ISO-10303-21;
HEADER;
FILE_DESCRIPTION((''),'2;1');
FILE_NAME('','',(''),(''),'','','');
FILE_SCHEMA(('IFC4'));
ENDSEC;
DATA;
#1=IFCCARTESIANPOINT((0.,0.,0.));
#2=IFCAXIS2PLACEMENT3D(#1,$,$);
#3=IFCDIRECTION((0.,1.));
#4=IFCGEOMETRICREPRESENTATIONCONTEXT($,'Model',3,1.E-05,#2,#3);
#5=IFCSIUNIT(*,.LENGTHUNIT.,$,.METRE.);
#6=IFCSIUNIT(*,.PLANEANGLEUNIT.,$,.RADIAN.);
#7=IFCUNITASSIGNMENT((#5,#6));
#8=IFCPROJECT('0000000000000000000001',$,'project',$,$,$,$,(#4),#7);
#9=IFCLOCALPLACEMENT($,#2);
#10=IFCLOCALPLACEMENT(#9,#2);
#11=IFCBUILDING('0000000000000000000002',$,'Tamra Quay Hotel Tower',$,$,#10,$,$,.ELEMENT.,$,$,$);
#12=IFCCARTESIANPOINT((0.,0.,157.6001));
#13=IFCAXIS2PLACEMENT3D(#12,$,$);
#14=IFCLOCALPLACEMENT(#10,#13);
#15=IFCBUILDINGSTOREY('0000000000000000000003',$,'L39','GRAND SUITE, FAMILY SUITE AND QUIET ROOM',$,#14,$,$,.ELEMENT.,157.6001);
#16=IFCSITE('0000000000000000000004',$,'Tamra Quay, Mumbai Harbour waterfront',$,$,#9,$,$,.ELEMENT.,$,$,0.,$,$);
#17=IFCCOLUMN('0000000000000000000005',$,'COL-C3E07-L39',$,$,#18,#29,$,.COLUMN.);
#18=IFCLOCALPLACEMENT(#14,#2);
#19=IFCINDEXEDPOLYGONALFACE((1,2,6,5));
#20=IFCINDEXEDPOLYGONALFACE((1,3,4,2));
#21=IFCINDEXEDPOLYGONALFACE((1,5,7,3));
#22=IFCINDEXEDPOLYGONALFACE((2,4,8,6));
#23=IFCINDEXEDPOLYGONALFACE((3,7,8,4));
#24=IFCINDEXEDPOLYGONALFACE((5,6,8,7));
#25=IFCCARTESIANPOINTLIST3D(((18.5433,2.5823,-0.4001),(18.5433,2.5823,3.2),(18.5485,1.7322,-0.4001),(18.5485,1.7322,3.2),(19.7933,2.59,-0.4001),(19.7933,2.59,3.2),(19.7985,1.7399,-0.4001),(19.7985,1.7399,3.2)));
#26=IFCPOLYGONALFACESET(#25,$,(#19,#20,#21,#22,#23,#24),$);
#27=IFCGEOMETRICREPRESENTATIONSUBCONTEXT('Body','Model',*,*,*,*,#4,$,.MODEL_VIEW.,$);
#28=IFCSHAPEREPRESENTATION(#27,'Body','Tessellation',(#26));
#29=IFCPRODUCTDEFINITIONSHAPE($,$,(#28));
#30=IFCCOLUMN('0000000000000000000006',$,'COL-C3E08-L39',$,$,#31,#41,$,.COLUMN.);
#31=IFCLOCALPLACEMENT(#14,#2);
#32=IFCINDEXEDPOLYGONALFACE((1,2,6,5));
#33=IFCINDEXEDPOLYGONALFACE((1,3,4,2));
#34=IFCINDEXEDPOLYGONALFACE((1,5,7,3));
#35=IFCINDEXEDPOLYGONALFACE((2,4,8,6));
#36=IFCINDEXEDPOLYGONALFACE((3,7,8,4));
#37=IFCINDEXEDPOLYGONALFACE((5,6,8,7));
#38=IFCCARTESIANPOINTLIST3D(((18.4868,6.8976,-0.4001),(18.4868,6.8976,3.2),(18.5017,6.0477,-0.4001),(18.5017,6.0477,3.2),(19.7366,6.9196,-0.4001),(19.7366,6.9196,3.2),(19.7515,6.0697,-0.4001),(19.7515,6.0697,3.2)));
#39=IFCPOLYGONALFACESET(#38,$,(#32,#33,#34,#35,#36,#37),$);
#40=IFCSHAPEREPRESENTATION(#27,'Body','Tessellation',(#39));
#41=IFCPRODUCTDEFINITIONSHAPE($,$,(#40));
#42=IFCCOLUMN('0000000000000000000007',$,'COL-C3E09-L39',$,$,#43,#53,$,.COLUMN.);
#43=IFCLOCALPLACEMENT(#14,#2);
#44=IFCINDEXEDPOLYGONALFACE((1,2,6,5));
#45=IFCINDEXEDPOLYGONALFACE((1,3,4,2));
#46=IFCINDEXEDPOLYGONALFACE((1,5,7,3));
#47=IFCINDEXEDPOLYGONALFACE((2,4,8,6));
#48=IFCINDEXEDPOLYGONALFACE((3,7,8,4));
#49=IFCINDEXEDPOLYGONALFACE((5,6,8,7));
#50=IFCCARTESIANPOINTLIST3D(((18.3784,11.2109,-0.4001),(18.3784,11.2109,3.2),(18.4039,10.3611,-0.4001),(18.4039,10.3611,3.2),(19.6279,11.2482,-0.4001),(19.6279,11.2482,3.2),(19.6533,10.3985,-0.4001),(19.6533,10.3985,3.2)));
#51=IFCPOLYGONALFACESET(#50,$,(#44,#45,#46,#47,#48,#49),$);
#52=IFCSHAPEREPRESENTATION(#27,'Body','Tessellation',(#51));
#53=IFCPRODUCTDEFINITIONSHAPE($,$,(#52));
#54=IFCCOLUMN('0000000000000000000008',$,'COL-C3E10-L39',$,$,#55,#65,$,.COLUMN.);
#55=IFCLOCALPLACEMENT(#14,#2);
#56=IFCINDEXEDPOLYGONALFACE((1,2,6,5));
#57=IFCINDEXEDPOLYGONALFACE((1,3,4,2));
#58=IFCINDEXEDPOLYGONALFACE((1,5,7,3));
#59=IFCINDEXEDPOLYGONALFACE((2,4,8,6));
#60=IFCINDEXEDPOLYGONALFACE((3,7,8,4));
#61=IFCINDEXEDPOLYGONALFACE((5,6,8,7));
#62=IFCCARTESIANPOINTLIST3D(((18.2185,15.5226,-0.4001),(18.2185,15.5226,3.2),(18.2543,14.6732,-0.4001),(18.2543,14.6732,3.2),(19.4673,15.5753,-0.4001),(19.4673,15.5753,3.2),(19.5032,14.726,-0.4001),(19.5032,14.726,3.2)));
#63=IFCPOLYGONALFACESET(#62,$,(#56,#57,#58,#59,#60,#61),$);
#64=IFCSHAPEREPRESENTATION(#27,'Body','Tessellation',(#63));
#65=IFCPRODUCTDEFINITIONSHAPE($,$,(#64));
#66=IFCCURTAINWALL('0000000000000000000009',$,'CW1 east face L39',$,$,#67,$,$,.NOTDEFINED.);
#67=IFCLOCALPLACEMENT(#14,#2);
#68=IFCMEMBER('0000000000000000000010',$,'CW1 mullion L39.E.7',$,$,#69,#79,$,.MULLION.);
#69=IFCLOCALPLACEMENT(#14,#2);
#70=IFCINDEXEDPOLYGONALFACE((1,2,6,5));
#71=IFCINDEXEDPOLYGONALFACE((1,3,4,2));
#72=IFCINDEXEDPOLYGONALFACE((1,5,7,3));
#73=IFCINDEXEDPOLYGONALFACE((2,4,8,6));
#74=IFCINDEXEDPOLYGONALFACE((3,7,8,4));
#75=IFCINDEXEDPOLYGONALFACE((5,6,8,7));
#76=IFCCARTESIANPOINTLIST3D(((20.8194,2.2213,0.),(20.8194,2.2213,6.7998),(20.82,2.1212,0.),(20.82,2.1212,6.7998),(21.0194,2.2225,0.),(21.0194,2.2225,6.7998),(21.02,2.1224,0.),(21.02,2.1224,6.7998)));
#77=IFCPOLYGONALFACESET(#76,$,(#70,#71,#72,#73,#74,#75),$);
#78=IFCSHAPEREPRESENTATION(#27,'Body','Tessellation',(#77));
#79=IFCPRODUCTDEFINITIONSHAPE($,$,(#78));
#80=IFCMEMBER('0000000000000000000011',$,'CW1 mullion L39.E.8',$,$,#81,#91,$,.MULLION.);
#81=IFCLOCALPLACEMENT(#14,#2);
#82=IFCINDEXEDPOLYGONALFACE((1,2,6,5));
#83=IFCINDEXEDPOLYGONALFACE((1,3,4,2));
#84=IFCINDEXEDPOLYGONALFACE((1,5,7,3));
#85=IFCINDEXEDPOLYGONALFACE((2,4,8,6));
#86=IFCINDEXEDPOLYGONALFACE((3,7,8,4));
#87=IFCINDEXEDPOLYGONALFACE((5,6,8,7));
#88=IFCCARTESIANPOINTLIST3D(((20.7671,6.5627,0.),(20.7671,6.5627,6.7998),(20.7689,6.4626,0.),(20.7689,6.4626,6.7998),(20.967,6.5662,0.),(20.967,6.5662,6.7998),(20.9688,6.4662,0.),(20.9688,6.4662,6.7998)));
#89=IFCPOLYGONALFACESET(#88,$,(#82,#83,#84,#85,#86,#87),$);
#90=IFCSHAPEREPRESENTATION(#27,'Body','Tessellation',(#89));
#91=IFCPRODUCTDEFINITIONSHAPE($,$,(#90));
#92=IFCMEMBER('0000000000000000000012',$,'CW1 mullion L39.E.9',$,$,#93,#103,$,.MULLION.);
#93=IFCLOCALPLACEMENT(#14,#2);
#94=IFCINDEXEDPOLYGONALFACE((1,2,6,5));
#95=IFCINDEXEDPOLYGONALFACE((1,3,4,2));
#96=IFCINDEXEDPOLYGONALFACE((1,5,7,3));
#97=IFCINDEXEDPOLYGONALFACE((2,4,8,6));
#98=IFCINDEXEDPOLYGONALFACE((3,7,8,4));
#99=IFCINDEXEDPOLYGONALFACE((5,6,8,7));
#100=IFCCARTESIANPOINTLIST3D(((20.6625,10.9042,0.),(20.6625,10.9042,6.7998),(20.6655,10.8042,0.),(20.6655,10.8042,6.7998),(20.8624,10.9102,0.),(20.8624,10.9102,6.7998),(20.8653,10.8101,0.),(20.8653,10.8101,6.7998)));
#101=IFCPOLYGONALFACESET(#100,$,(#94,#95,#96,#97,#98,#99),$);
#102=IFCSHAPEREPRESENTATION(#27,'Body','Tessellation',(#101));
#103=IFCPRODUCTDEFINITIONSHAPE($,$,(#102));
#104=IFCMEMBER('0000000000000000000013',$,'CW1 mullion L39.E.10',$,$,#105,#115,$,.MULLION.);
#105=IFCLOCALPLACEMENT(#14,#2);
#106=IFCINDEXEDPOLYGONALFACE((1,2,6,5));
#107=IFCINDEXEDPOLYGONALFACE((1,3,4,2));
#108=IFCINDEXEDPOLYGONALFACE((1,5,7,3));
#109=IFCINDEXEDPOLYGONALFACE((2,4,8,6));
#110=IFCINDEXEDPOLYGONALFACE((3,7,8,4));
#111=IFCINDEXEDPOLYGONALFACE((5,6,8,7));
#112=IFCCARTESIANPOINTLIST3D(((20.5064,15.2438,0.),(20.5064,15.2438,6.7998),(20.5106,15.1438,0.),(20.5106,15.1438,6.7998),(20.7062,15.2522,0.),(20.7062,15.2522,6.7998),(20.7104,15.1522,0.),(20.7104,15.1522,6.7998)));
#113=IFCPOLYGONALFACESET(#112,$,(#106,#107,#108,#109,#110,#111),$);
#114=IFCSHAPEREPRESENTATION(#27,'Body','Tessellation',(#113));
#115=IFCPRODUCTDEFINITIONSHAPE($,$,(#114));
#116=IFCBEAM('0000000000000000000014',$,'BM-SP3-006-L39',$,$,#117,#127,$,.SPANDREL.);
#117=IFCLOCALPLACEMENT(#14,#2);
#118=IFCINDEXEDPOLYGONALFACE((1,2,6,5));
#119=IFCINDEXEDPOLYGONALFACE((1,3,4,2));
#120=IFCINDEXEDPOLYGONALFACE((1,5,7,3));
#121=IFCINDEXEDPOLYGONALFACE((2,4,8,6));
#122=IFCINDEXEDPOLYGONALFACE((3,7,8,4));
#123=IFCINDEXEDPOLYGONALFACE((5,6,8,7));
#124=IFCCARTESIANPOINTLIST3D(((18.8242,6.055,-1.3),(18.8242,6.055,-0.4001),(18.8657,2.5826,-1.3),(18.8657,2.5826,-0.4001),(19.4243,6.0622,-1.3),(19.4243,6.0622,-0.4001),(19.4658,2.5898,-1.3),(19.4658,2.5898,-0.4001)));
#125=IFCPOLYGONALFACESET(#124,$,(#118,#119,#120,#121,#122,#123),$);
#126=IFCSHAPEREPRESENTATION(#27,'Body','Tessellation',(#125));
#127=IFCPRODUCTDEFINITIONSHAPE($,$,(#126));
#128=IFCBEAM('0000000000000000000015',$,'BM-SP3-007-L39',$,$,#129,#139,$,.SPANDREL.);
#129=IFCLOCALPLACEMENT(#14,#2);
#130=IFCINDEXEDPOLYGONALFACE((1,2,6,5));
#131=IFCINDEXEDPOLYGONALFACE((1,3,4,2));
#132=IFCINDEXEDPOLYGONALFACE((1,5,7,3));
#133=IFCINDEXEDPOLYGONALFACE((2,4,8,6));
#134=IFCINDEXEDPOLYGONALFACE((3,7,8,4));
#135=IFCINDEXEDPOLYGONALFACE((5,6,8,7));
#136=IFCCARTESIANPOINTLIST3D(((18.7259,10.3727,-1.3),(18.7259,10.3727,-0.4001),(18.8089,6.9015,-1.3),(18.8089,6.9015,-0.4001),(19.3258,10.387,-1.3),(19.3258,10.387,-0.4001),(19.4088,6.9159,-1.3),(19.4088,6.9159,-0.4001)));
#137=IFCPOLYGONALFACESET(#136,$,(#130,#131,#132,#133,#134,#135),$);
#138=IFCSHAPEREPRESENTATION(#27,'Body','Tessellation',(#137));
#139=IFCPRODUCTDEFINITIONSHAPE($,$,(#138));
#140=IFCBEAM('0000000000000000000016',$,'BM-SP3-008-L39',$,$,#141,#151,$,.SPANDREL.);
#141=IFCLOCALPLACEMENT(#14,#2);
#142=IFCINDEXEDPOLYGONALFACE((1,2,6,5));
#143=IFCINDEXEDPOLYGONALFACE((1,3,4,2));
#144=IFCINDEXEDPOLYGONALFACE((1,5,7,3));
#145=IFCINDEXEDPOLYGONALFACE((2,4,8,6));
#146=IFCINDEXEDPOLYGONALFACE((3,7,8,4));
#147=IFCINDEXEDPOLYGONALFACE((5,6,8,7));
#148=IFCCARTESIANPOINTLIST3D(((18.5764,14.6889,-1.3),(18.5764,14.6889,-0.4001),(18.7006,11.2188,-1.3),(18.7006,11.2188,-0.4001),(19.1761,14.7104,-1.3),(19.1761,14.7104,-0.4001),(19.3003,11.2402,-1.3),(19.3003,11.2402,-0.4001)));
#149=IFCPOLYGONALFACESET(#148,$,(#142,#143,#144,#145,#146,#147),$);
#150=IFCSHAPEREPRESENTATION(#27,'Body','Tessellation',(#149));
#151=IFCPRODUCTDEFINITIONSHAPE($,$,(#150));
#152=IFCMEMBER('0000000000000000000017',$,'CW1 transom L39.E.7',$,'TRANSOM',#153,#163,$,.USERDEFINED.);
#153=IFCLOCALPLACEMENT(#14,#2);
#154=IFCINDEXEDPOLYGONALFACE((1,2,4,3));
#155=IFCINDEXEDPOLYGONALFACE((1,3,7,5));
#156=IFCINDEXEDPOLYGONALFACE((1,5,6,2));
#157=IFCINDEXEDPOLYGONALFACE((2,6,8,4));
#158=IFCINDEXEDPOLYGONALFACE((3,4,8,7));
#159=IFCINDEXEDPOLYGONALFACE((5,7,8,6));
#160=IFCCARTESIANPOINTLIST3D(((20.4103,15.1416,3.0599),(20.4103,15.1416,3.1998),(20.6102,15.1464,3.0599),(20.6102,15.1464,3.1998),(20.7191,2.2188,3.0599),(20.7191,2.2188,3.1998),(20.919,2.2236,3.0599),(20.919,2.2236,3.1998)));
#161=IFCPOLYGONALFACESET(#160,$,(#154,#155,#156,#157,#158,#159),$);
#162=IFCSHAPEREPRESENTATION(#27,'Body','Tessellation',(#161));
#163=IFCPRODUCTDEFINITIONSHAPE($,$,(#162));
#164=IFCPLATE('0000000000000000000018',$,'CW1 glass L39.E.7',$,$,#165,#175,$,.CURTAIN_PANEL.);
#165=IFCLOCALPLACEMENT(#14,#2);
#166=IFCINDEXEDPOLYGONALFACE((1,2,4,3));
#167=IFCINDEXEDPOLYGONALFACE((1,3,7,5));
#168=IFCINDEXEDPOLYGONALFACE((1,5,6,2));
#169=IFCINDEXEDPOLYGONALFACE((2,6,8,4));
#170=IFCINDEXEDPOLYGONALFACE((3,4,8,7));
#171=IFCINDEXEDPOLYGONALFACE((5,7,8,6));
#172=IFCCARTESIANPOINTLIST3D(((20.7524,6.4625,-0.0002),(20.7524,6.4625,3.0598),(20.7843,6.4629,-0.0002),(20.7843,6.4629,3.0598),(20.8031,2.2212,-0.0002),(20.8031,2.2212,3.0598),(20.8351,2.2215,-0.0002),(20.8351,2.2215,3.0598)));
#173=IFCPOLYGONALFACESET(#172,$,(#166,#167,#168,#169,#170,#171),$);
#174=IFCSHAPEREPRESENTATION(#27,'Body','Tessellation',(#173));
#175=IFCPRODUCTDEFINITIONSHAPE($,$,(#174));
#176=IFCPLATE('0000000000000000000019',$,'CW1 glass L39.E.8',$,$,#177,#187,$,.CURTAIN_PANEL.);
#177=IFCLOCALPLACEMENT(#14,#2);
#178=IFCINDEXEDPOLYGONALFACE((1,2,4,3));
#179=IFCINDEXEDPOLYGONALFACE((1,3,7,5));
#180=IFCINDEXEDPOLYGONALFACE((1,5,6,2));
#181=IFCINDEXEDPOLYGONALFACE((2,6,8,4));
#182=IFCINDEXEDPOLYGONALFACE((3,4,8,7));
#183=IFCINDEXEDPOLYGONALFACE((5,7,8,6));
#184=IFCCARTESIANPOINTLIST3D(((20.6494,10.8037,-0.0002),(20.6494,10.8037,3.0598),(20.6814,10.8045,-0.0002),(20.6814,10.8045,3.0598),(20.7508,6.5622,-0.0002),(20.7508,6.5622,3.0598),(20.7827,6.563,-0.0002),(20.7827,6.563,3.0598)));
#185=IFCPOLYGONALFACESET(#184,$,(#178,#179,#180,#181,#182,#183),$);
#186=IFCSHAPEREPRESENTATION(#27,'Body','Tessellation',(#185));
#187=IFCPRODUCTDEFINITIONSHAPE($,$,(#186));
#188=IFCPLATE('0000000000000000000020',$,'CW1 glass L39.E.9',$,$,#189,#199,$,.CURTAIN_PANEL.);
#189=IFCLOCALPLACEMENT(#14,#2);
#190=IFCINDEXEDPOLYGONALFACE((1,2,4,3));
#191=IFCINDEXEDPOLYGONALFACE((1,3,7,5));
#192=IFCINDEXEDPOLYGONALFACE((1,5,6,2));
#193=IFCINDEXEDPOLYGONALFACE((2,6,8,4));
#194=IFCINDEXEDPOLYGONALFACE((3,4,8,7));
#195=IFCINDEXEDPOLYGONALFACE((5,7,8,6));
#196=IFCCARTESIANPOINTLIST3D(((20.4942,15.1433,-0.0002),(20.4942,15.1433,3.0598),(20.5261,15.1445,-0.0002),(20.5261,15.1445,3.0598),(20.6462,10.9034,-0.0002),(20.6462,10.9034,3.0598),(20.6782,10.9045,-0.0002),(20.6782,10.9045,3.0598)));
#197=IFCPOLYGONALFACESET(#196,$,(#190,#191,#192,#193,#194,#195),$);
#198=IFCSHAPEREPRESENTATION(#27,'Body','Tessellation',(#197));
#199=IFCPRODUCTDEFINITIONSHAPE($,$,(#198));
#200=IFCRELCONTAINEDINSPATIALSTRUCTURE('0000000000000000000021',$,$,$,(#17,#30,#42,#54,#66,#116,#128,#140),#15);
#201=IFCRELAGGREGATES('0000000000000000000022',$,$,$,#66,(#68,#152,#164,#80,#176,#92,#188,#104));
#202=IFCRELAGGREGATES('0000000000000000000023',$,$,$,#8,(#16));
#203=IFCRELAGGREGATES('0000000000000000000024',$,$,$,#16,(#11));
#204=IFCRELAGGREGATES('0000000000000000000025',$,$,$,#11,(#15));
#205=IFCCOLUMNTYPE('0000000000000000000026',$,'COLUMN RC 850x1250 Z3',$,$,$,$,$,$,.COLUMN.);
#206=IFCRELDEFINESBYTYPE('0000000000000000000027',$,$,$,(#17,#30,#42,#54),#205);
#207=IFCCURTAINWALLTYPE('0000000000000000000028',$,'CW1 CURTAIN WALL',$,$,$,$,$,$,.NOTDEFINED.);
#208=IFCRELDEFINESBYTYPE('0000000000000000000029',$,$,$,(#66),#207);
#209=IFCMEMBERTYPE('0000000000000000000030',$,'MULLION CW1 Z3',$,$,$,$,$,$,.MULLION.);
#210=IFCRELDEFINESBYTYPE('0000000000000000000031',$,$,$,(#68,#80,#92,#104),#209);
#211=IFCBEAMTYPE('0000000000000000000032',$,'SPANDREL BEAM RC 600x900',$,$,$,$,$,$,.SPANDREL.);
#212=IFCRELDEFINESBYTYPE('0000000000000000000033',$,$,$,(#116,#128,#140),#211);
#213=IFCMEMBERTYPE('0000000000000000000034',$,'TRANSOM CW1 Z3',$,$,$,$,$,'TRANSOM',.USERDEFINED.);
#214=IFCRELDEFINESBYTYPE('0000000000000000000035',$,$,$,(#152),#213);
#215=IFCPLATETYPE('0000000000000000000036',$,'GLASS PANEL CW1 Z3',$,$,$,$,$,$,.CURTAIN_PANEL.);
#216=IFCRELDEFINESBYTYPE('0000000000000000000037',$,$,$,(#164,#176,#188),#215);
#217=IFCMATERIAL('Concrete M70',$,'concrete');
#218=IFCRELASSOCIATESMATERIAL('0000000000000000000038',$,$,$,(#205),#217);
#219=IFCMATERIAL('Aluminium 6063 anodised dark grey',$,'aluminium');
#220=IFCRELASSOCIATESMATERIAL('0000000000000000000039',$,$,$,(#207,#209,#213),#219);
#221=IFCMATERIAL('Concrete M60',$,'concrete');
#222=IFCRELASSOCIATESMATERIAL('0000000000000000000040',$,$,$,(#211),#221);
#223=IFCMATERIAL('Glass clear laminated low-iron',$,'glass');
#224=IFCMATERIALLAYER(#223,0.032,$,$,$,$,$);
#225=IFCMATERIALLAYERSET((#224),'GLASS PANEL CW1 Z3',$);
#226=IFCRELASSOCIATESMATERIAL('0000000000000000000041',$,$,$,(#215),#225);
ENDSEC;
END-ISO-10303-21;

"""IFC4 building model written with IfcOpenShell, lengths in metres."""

from ifc_helpers import new_model, si_unit, direction, frame, origin, origin_2d, place, context, subcontext, project, spatial, rectangle, extrude, material, layer, layer_set, material_profile, profile_set, type_object, element, aggregate, save


model = new_model("IFC4")

# Units and contexts
model_context = context("Model", 3, precision=1e-05, world=origin(), true_north=direction((0.0, 1.0)))
body_context = subcontext(model_context, "Body", "Model", "MODEL_VIEW")
ifc_project = project(units=[si_unit("LENGTHUNIT", "METRE"), si_unit("PLANEANGLEUNIT", "RADIAN")], contexts=[model_context])

# Site, building, storey
site_placement = place(None, origin())
site = spatial("IfcSite", under=ifc_project, at=site_placement, Name="Tamra Quay, Mumbai Harbour waterfront", CompositionType="ELEMENT", RefElevation=0.0)
building_placement = place(site_placement, origin())
building = spatial("IfcBuilding", under=site, at=building_placement, Name="Tamra Quay Hotel Tower", CompositionType="ELEMENT")
storey_placement = place(building_placement, frame((0.0, 0.0, 157.6001)))
storey = spatial("IfcBuildingStorey", under=building, at=storey_placement, Name="L39", Description="GRAND SUITE, FAMILY SUITE AND QUIET ROOM", CompositionType="ELEMENT", Elevation=157.6001)

# Columns
ifc_material_1 = material(Name="Concrete M70", Category="concrete")
ifc_material_profile_1 = material_profile(ifc_material_1, rectangle(XDim=1.25, YDim=0.8501, at=origin_2d()), Name="COLUMN RC 850x1250 Z3")
ifc_profile_set_1 = profile_set([ifc_material_profile_1], Name="Concrete M70")
column_type = type_object("IfcColumnType", Name="COLUMN RC 850x1250 Z3", PredefinedType="COLUMN", material=ifc_profile_set_1)
for number, where, z_axis, x_axis, name in (
    (1, (19.1709, 2.1611, -0.4001), (0.0, 0.0, 1.0), (0.999981, 0.006159, 0.0), "COL-C3E07-L39"),
    (2, (19.1191, 6.4836, -0.4001), (0.0, 0.0, 1.0), (0.999845, 0.017597, 0.0), "COL-C3E08-L39"),
    (3, (19.0159, 10.8047, -0.4001), (0.0, 0.0, 1.0), (0.999553, 0.029907, 0.0), "COL-C3E09-L39"),
    (4, (18.8608, 15.1243, -0.4001), (0.0, 0.0, 1.0), (0.999109, 0.042202, 0.0), "COL-C3E10-L39"),
):
    element("IfcColumn", number, at=place(storey_placement, frame(where, z_axis=z_axis, x_axis=x_axis)), inside=storey, type_object=column_type, Name=name, PredefinedType="COLUMN", context=body_context, shape_type="SweptSolid", body=[
        extrude(rectangle(XDim=1.25, YDim=0.8501, at=origin_2d()), origin(), (0.0, 0.0, 1.0), 3.6001),
    ])

# Curtain wall, members
ifc_material_2 = material(Name="Aluminium 6063 anodised dark grey", Category="aluminium")
curtain_wall_type = type_object("IfcCurtainWallType", Name="CW1 CURTAIN WALL", PredefinedType="NOTDEFINED", material=ifc_material_2)
curtain_wall_placement = place(storey_placement, origin())
curtain_wall = element("IfcCurtainWall", 5, at=curtain_wall_placement, inside=storey, type_object=curtain_wall_type, Name="CW1 east face L39", PredefinedType="NOTDEFINED")
ifc_material_profile_2 = material_profile(ifc_material_2, rectangle(XDim=0.2, YDim=0.1001, at=origin_2d()), Name="MULLION 100X200")
ifc_profile_set_2 = profile_set([ifc_material_profile_2], Name="Aluminium 6063 anodised dark grey")
member_type_1 = type_object("IfcMemberType", Name="MULLION CW1 Z3", PredefinedType="MULLION", material=ifc_profile_set_2)
member_1_placement = place(storey_placement, frame((20.9197, 2.1719, 0.0), z_axis=(0.0, 0.0, 1.0), x_axis=(0.999982, 0.005979, 0.0)))
member_1 = element("IfcMember", 6, at=member_1_placement, type_object=member_type_1, Name="CW1 mullion L39.E.7", PredefinedType="MULLION", context=body_context, shape_type="SweptSolid", body=[
    extrude(rectangle(XDim=0.2, YDim=0.1001, at=origin_2d()), origin(), (0.0, 0.0, 1.0), 6.7998),
])
member_2_placement = place(storey_placement, frame((20.8679, 6.5144, 0.0), z_axis=(0.0, 0.0, 1.0), x_axis=(0.999839, 0.017927, 0.0)))
member_2 = element("IfcMember", 7, at=member_2_placement, type_object=member_type_1, Name="CW1 mullion L39.E.8", PredefinedType="MULLION", context=body_context, shape_type="SweptSolid", body=[
    extrude(rectangle(XDim=0.2, YDim=0.1001, at=origin_2d()), origin(), (0.0, 0.0, 1.0), 6.7998),
])
member_3_placement = place(storey_placement, frame((20.7639, 10.8572, 0.0), z_axis=(0.0, 0.0, 1.0), x_axis=(0.999554, 0.029871, 0.0)))
member_3 = element("IfcMember", 8, at=member_3_placement, type_object=member_type_1, Name="CW1 mullion L39.E.9", PredefinedType="MULLION", context=body_context, shape_type="SweptSolid", body=[
    extrude(rectangle(XDim=0.2, YDim=0.1001, at=origin_2d()), origin(), (0.0, 0.0, 1.0), 6.7998),
])
member_4_placement = place(storey_placement, frame((20.6084, 15.198, 0.0), z_axis=(0.0, 0.0, 1.0), x_axis=(0.999126, 0.041797, 0.0)))
member_4 = element("IfcMember", 9, at=member_4_placement, type_object=member_type_1, Name="CW1 mullion L39.E.10", PredefinedType="MULLION", context=body_context, shape_type="SweptSolid", body=[
    extrude(rectangle(XDim=0.2, YDim=0.1001, at=origin_2d()), origin(), (0.0, 0.0, 1.0), 6.7998),
])

# Beams
ifc_material_3 = material(Name="Concrete M60", Category="concrete")
ifc_material_profile_3 = material_profile(ifc_material_3, rectangle(XDim=0.6001, YDim=0.8999, at=origin_2d()), Name="SPANDREL BEAM RC 600x900")
ifc_profile_set_3 = profile_set([ifc_material_profile_3], Name="Concrete M60")
beam_type = type_object("IfcBeamType", Name="SPANDREL BEAM RC 600x900", PredefinedType="SPANDREL", material=ifc_profile_set_3)
beam_1_placement = place(storey_placement, frame((19.1658, 2.5862, -0.8501), z_axis=(-0.011952, 0.999929, 0.0), x_axis=(-0.999929, -0.011952, 0.0)))
element("IfcBeam", 10, at=beam_1_placement, inside=storey, type_object=beam_type, Name="BM-SP3-006-L39", PredefinedType="SPANDREL", context=body_context, shape_type="SweptSolid", body=[
    extrude(rectangle(XDim=0.6001, YDim=0.8999, at=origin_2d()), origin(), (0.0, 0.0, 1.0), 3.4727),
])
beam_2_placement = place(storey_placement, frame((19.1089, 6.9087, -0.8501), z_axis=(-0.023907, 0.999714, 0.0), x_axis=(-0.999714, -0.023907, 0.0)))
element("IfcBeam", 11, at=beam_2_placement, inside=storey, type_object=beam_type, Name="BM-SP3-007-L39", PredefinedType="SPANDREL", context=body_context, shape_type="SweptSolid", body=[
    extrude(rectangle(XDim=0.6001, YDim=0.8999, at=origin_2d()), origin(), (0.0, 0.0, 1.0), 3.4722),
])
beam_3_placement = place(storey_placement, frame((19.0005, 11.2295, -0.8501), z_axis=(-0.035787, 0.999359, 0.0), x_axis=(-0.999359, -0.035787, 0.0)))
element("IfcBeam", 12, at=beam_3_placement, inside=storey, type_object=beam_type, Name="BM-SP3-008-L39", PredefinedType="SPANDREL", context=body_context, shape_type="SweptSolid", body=[
    extrude(rectangle(XDim=0.6001, YDim=0.8999, at=origin_2d()), origin(), (0.0, 0.0, 1.0), 3.4724),
])

# Member
ifc_material_profile_4 = material_profile(ifc_material_2, rectangle(XDim=0.2, YDim=0.1399, at=origin_2d()), Name="TRANSOM 200X140")
ifc_profile_set_4 = profile_set([ifc_material_profile_4], Name="Aluminium 6063 anodised dark grey")
member_type_2 = type_object("IfcMemberType", Name="TRANSOM CW1 Z3", ElementType="TRANSOM", PredefinedType="USERDEFINED", material=ifc_profile_set_4)
member_5_placement = place(storey_placement, frame((20.8191, 2.2212, 3.1299), z_axis=(-0.023892, 0.999715, 0.0), x_axis=(-0.999715, -0.023892, 0.0)))
member_5 = element("IfcMember", 13, at=member_5_placement, type_object=member_type_2, Name="CW1 transom L39.E.7", ObjectType="TRANSOM", PredefinedType="USERDEFINED", context=body_context, shape_type="SweptSolid", body=[
    extrude(rectangle(XDim=0.2, YDim=0.1399, at=origin_2d()), origin(), (0.0, 0.0, 1.0), 12.9265),
])

# Plates
ifc_material_4 = material(Name="Glass clear laminated low-iron", Category="glass")
ifc_layer_1 = layer(ifc_material_4, 0.032)
ifc_layer_set_1 = layer_set([ifc_layer_1], Name="GLASS PANEL CW1 Z3")
plate_type = type_object("IfcPlateType", Name="GLASS PANEL CW1 Z3", PredefinedType="CURTAIN_PANEL", material=ifc_layer_set_1)
plate_1_placement = place(storey_placement, frame((20.7937, 4.342, -0.0002), z_axis=(0.0, 0.0, 1.0), x_axis=(-0.011957, 0.999929, 0.0)))
plate_1 = element("IfcPlate", 14, at=plate_1_placement, type_object=plate_type, Name="CW1 glass L39.E.7", PredefinedType="CURTAIN_PANEL", context=body_context, shape_type="SweptSolid", body=[
    extrude(rectangle(XDim=4.2417, YDim=0.032, at=origin_2d()), origin(), (0.0, 0.0, 1.0), 3.0601),
])
plate_2_placement = place(storey_placement, frame((20.7161, 8.6833, -0.0002), z_axis=(0.0, 0.0, 1.0), x_axis=(-0.023896, 0.999714, 0.0)))
plate_2 = element("IfcPlate", 15, at=plate_2_placement, type_object=plate_type, Name="CW1 glass L39.E.8", PredefinedType="CURTAIN_PANEL", context=body_context, shape_type="SweptSolid", body=[
    extrude(rectangle(XDim=4.2427, YDim=0.032, at=origin_2d()), origin(), (0.0, 0.0, 1.0), 3.0601),
])
plate_3_placement = place(storey_placement, frame((20.5862, 13.0239, -0.0002), z_axis=(0.0, 0.0, 1.0), x_axis=(-0.035845, 0.999357, 0.0)))
plate_3 = element("IfcPlate", 16, at=plate_3_placement, type_object=plate_type, Name="CW1 glass L39.E.9", PredefinedType="CURTAIN_PANEL", context=body_context, shape_type="SweptSolid", body=[
    extrude(rectangle(XDim=4.2427, YDim=0.032, at=origin_2d()), origin(), (0.0, 0.0, 1.0), 3.0601),
])
aggregate(curtain_wall, [member_1, member_5, plate_1, member_2, plate_2, member_3, plate_3, member_4])

save(model, "model.ifc")
